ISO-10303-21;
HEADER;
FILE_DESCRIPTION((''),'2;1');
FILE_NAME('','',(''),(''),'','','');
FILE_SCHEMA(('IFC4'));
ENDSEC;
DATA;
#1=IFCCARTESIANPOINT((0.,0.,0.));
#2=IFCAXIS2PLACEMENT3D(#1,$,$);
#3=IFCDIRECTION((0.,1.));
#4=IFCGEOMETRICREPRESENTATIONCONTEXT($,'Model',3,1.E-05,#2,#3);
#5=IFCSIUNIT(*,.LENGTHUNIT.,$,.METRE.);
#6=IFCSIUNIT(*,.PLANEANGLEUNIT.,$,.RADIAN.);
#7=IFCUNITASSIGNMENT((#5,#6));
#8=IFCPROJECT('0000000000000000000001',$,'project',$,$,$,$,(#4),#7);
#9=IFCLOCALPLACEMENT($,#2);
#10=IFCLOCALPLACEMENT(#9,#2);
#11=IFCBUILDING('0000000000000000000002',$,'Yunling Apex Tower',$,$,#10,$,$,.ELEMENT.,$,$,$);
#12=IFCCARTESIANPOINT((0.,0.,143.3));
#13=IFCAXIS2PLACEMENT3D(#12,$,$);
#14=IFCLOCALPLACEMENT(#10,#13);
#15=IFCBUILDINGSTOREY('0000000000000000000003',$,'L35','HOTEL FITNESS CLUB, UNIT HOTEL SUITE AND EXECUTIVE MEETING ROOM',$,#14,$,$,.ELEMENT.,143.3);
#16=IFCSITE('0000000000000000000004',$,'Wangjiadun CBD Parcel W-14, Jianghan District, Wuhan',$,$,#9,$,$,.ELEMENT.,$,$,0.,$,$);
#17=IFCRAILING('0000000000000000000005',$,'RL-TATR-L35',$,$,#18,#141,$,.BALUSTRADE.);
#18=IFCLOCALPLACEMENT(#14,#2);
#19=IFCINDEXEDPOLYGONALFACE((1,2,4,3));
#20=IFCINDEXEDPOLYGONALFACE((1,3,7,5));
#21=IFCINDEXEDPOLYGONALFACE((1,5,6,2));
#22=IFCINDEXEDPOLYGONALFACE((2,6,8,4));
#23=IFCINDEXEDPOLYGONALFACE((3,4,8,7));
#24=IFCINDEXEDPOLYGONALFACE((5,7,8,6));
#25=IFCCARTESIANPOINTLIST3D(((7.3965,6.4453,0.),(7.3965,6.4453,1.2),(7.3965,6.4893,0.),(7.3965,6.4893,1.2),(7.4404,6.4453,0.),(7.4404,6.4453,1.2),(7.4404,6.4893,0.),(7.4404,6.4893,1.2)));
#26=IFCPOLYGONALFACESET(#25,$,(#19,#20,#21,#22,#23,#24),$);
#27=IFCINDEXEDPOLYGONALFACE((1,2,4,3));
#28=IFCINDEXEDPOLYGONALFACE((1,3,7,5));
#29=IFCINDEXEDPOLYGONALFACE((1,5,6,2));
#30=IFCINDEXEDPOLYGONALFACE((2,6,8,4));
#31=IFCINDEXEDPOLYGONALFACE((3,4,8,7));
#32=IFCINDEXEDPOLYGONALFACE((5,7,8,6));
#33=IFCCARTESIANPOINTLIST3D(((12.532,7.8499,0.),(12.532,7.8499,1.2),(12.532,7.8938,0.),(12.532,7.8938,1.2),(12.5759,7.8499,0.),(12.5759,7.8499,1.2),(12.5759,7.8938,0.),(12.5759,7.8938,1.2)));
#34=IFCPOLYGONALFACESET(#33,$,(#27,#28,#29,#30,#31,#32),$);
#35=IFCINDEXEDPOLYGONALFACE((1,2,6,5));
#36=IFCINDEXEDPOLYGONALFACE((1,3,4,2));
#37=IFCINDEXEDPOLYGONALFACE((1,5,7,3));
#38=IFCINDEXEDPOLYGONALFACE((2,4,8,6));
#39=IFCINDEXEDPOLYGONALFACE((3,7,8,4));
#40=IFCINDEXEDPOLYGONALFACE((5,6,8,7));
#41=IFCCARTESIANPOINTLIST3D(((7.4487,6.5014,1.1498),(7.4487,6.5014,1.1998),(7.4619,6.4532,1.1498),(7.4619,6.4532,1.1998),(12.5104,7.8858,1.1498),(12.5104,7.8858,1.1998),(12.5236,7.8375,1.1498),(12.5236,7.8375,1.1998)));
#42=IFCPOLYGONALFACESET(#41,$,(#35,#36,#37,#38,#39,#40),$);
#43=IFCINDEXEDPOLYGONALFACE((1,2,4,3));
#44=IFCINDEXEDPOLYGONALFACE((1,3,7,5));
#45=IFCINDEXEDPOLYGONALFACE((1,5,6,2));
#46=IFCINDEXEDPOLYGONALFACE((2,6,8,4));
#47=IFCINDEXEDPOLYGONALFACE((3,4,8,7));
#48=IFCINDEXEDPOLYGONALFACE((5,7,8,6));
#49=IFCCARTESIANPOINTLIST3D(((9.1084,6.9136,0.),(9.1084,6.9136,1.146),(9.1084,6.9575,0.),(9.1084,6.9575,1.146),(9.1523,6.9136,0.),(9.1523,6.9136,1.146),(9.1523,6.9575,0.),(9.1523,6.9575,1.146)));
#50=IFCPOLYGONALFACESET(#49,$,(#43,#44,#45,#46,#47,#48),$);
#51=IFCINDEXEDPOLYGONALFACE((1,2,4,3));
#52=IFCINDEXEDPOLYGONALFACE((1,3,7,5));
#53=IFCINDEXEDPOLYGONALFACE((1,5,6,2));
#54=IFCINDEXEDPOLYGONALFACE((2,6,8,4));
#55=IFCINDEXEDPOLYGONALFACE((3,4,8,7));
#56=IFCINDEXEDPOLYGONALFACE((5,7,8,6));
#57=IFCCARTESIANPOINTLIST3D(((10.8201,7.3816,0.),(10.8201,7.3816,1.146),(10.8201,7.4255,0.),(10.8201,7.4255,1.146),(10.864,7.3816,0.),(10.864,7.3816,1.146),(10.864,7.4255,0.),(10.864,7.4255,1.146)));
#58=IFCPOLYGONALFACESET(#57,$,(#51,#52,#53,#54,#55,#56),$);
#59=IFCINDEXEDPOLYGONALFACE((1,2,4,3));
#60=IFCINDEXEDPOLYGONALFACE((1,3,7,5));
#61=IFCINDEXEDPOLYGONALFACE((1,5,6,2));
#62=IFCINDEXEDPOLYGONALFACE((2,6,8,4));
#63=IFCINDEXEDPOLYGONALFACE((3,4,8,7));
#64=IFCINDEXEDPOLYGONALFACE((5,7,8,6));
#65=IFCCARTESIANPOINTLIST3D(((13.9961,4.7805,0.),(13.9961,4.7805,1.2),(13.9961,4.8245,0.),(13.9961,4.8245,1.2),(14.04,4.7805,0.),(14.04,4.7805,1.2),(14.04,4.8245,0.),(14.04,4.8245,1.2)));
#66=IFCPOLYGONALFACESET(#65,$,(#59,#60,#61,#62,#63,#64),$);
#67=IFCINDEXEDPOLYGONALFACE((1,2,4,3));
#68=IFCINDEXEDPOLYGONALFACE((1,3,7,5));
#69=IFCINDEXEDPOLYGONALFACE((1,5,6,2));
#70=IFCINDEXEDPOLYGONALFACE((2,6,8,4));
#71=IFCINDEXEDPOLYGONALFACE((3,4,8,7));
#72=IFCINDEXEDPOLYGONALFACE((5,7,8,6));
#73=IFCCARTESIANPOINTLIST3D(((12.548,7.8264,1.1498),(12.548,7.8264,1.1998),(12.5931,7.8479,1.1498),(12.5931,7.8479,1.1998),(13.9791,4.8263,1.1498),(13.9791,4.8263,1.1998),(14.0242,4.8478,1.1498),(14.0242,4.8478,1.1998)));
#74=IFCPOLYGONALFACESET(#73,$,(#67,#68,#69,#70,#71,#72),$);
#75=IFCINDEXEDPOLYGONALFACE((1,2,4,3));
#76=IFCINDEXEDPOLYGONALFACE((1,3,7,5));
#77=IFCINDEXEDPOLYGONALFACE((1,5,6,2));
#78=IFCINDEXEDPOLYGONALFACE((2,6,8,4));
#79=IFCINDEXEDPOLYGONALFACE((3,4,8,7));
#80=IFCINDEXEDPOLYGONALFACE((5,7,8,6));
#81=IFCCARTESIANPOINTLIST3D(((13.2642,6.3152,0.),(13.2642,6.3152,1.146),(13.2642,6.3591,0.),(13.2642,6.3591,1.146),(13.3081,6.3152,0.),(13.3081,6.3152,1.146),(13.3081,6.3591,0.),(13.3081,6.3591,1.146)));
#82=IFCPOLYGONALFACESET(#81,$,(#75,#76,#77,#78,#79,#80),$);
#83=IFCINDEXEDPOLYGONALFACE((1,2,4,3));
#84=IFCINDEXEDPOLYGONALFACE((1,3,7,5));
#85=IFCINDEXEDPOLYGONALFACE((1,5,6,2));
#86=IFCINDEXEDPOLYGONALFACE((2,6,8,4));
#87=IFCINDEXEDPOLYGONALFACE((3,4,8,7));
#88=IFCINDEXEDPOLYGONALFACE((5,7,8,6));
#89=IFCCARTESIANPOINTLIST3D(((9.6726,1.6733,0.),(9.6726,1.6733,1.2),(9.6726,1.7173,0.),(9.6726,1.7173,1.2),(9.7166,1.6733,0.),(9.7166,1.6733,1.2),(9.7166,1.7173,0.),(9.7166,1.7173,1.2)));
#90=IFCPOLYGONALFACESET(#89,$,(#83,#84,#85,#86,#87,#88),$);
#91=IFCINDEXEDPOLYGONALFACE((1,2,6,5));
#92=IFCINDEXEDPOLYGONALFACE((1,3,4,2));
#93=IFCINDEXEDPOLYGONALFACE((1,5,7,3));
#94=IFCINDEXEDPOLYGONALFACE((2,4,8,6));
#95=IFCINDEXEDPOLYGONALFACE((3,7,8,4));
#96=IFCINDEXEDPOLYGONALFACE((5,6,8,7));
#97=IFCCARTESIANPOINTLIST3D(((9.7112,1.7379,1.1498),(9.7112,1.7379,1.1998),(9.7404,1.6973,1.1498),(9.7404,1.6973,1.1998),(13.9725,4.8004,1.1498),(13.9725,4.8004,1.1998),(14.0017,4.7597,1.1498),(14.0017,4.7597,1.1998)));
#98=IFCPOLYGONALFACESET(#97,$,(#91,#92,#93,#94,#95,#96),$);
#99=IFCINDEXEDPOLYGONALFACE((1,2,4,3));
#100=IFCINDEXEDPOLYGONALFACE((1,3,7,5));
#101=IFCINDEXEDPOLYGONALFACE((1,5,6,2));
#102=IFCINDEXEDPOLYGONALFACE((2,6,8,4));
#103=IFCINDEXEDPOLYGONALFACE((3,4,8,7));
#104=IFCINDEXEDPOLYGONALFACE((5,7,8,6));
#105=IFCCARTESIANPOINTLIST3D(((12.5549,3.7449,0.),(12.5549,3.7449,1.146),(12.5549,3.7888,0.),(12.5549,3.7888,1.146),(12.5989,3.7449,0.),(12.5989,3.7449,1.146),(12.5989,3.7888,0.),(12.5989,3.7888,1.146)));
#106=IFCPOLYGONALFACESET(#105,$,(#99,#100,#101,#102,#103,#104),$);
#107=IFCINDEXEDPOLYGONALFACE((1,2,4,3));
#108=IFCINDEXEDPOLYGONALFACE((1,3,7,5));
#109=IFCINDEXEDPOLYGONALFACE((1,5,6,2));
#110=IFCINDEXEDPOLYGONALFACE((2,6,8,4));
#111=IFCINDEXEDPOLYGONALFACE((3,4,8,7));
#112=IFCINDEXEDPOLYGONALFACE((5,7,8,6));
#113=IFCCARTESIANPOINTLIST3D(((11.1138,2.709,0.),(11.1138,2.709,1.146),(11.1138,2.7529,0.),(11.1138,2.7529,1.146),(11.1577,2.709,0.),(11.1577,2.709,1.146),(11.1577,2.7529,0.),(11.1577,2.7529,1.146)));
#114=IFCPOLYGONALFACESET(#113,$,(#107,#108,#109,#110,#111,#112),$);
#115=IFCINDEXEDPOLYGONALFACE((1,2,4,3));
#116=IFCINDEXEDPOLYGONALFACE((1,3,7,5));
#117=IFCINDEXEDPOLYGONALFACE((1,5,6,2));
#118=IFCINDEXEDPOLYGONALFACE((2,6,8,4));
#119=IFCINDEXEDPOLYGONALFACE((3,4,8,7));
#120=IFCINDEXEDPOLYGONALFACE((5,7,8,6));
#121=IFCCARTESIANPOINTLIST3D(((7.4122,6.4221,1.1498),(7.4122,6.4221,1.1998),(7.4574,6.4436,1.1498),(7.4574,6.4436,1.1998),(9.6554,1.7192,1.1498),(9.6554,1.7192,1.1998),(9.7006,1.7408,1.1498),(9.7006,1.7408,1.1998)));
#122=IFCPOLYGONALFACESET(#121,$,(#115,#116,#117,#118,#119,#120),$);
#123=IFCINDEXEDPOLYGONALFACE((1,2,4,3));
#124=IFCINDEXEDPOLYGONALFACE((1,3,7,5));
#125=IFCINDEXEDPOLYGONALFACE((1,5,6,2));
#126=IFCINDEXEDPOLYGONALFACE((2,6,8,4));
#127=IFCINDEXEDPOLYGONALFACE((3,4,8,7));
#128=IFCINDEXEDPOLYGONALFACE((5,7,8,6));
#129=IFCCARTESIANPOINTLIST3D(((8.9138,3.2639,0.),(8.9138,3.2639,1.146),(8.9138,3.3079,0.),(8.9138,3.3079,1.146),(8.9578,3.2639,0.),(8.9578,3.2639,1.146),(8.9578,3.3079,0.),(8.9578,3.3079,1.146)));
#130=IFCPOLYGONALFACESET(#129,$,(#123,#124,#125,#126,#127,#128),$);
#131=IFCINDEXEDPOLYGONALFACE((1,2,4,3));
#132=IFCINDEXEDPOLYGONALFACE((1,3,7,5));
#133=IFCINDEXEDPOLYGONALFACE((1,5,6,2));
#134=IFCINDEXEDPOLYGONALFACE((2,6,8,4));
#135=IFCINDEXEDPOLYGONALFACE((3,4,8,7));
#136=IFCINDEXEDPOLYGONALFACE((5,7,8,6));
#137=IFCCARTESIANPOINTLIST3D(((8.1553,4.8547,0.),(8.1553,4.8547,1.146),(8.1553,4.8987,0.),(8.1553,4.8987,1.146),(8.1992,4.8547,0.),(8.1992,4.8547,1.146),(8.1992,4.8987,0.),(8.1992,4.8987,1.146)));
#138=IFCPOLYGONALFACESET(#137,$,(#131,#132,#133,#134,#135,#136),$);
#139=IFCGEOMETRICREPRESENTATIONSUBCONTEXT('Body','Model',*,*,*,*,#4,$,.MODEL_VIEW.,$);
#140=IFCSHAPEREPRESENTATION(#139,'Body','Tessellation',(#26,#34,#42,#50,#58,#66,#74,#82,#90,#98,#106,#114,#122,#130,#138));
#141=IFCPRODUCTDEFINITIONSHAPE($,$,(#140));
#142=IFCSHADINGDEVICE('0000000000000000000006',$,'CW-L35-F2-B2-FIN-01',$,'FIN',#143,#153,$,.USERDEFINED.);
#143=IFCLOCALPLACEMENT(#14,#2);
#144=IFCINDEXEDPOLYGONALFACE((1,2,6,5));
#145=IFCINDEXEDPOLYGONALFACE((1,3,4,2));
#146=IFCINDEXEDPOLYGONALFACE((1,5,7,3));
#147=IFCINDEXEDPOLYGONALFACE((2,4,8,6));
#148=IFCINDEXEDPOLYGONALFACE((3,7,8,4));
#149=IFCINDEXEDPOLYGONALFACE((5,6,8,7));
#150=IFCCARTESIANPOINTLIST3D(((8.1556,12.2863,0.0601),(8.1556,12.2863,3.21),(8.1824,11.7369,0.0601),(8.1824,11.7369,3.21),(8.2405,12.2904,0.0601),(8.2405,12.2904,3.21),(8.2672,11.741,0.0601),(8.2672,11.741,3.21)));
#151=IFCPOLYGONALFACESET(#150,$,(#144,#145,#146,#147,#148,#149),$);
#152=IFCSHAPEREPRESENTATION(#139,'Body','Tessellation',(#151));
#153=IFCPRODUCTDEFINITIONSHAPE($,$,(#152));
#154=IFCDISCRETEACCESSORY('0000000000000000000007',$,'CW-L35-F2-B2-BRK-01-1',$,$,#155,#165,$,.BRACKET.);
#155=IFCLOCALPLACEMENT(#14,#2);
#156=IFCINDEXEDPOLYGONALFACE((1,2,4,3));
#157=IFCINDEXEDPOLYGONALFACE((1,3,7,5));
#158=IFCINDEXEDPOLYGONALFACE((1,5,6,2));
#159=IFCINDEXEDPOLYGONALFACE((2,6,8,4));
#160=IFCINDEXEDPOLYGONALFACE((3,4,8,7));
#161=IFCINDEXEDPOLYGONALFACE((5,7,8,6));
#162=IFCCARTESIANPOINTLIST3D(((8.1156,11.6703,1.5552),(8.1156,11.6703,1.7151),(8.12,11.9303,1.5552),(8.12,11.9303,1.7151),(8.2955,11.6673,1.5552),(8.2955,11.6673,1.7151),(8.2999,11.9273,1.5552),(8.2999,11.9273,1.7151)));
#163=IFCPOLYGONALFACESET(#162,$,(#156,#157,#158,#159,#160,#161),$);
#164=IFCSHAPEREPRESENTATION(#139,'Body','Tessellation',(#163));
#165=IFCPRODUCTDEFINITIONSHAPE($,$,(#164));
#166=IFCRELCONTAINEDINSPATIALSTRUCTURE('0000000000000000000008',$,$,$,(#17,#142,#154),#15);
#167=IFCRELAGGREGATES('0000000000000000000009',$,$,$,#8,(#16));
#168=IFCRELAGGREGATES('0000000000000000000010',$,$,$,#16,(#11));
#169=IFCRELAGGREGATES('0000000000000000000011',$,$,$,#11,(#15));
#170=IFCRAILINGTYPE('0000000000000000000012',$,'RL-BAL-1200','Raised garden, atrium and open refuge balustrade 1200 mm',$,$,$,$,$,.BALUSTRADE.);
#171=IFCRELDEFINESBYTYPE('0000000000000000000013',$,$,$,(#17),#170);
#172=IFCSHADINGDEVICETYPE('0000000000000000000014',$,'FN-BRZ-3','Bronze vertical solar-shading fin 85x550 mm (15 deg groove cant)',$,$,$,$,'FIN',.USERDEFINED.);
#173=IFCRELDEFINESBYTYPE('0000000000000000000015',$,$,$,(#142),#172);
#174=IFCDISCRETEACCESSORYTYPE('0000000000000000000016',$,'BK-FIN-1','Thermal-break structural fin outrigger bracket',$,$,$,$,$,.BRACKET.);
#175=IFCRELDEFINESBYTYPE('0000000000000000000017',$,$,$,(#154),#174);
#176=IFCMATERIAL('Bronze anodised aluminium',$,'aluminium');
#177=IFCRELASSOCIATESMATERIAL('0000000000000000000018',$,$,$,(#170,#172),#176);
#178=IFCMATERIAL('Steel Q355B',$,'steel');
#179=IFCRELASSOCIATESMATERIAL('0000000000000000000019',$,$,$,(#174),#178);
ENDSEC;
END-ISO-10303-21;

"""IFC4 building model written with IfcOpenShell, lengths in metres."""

from ifc_helpers import new_model, si_unit, direction, frame, origin, origin_2d, place, context, subcontext, project, spatial, rectangle, extrude, source, transform, mapped, material, material_profile, profile_set, type_object, element, save


model = new_model("IFC4")

# Units and contexts
model_context = context("Model", 3, precision=1e-05, world=origin(), true_north=direction((0.0, 1.0)))
body_context = subcontext(model_context, "Body", "Model", "MODEL_VIEW")
ifc_project = project(units=[si_unit("LENGTHUNIT", "METRE"), si_unit("PLANEANGLEUNIT", "RADIAN")], contexts=[model_context])

# Site, building, storey
site_placement = place(None, origin())
site = spatial("IfcSite", under=ifc_project, at=site_placement, Name="Wangjiadun CBD Parcel W-14, Jianghan District, Wuhan", CompositionType="ELEMENT", RefElevation=0.0)
building_placement = place(site_placement, origin())
building = spatial("IfcBuilding", under=site, at=building_placement, Name="Yunling Apex Tower", CompositionType="ELEMENT")
storey_placement = place(building_placement, frame((0.0, 0.0, 143.3)))
storey = spatial("IfcBuildingStorey", under=building, at=storey_placement, Name="L35", Description="HOTEL FITNESS CLUB, UNIT HOTEL SUITE AND EXECUTIVE MEETING ROOM", CompositionType="ELEMENT", Elevation=143.3)

# Shared definitions
ifc_material_1 = material(Name="Steel Q355B", Category="steel")

# Shared definitions
ifc_material_2 = material(Name="Bronze anodised aluminium", Category="aluminium")

# Railing
railing_type = type_object("IfcRailingType", Name="RL-BAL-1200", Description="Raised garden, atrium and open refuge balustrade 1200 mm", PredefinedType="BALUSTRADE", material=ifc_material_2)
railing_1_placement = place(storey_placement, frame((7.4185, 6.4673, 0.0)))
element("IfcRailing", 1, at=railing_1_placement, inside=storey, type_object=railing_type, Name="RL-TATR-L35", PredefinedType="BALUSTRADE", context=body_context, shape_type="SweptSolid", body=[
    extrude(rectangle(XDim=0.0439, YDim=0.0439, at=origin_2d()), origin(), (0.0, 0.0, 1.0), 1.2),
    extrude(rectangle(XDim=0.0439, YDim=0.0439, at=origin_2d()), frame((5.1355, 1.4045, 0.0)), (0.0, 0.0, 1.0), 1.2),
    extrude(rectangle(XDim=0.05, YDim=0.05, at=origin_2d()), frame((0.0369, 0.01, 1.1748), z_axis=(0.964575, 0.263808, 0.0), x_axis=(-0.263808, 0.964575, 0.0)), (0.0, 0.0, 1.0), 5.2476),
    extrude(rectangle(XDim=0.0439, YDim=0.0439, at=origin_2d()), frame((1.7119, 0.4683, 0.0)), (0.0, 0.0, 1.0), 1.146),
    extrude(rectangle(XDim=0.0439, YDim=0.0439, at=origin_2d()), frame((3.4236, 0.9363, 0.0)), (0.0, 0.0, 1.0), 1.146),
    extrude(rectangle(XDim=0.0439, YDim=0.0439, at=origin_2d()), frame((6.5996, -1.6648, 0.0)), (0.0, 0.0, 1.0), 1.2),
    extrude(rectangle(XDim=0.05, YDim=0.05, at=origin_2d()), frame((5.1521, 1.3699, 1.1748), z_axis=(0.430538, -0.902572, 0.0), x_axis=(0.902572, 0.430538, 0.0)), (0.0, 0.0, 1.0), 3.324),
    extrude(rectangle(XDim=0.0439, YDim=0.0439, at=origin_2d()), frame((5.8677, -0.1301, 0.0)), (0.0, 0.0, 1.0), 1.146),
    extrude(rectangle(XDim=0.0439, YDim=0.0439, at=origin_2d()), frame((2.2761, -4.772, 0.0)), (0.0, 0.0, 1.0), 1.2),
    extrude(rectangle(XDim=0.05, YDim=0.05, at=origin_2d()), frame((6.5686, -1.6873, 1.1748), z_axis=(-0.812045, -0.583595, 0.0), x_axis=(0.583595, -0.812045, 0.0)), (0.0, 0.0, 1.0), 5.2476),
    extrude(rectangle(XDim=0.0439, YDim=0.0439, at=origin_2d()), frame((5.1584, -2.7004, 0.0)), (0.0, 0.0, 1.0), 1.146),
    extrude(rectangle(XDim=0.0439, YDim=0.0439, at=origin_2d()), frame((3.7173, -3.7363, 0.0)), (0.0, 0.0, 1.0), 1.146),
    extrude(rectangle(XDim=0.05, YDim=0.05, at=origin_2d()), frame((2.2595, -4.7373, 1.1748), z_axis=(-0.430512, 0.902585, 0.0), x_axis=(-0.902585, -0.430512, 0.0)), (0.0, 0.0, 1.0), 5.2104),
    extrude(rectangle(XDim=0.0439, YDim=0.0439, at=origin_2d()), frame((1.5173, -3.1814, 0.0)), (0.0, 0.0, 1.0), 1.146),
    extrude(rectangle(XDim=0.0439, YDim=0.0439, at=origin_2d()), frame((0.7588, -1.5906, 0.0)), (0.0, 0.0, 1.0), 1.146),
])

# Shading device
ifc_material_profile_1 = material_profile(ifc_material_2, rectangle(XDim=0.085, YDim=0.55, at=origin_2d()))
ifc_profile_set_1 = profile_set([ifc_material_profile_1], Name="Bronze anodised aluminium")
shading_device_type = type_object("IfcShadingDeviceType", Name="FN-BRZ-3", Description="Bronze vertical solar-shading fin 85x550 mm (15 deg groove cant)", ElementType="FIN", PredefinedType="USERDEFINED", material=ifc_profile_set_1)
shared_shape_1 = source(origin(), body_context, "Body", "SweptSolid", [
    extrude(rectangle(XDim=0.085, YDim=0.55, at=origin_2d()), origin(), (0.0, 0.0, 1.0), 3.1499),
])
shading_device_placement = place(storey_placement, frame((8.2114, 12.0137, 0.0601), z_axis=(0.0, 0.0, 1.0), x_axis=(-0.998815, -0.048675, 0.0)))
element("IfcShadingDevice", 2, at=shading_device_placement, inside=storey, type_object=shading_device_type, Name="CW-L35-F2-B2-FIN-01", ObjectType="FIN", PredefinedType="USERDEFINED", context=body_context, shape_type="MappedRepresentation", body=[
    mapped(shared_shape_1, transform((0.0, 0.0, 0.0), scale=1.0)),
])

# Discrete accessory
discrete_accessory_type = type_object("IfcDiscreteAccessoryType", Name="BK-FIN-1", Description="Thermal-break structural fin outrigger bracket", PredefinedType="BRACKET", material=ifc_material_1)
shared_shape_2 = source(origin(), body_context, "Body", "SweptSolid", [
    extrude(rectangle(XDim=0.1799, YDim=0.26, at=origin_2d()), origin(), (0.0, 0.0, 1.0), 0.1599),
])
discrete_accessory_placement = place(storey_placement, frame((8.2078, 11.7988, 1.5552), z_axis=(0.0, 0.0, 1.0), x_axis=(-0.99986, 0.016754, 0.0)))
element("IfcDiscreteAccessory", 3, at=discrete_accessory_placement, inside=storey, type_object=discrete_accessory_type, Name="CW-L35-F2-B2-BRK-01-1", PredefinedType="BRACKET", context=body_context, shape_type="MappedRepresentation", body=[
    mapped(shared_shape_2, transform((0.0, 0.0, 0.0), scale=1.0)),
])

save(model, "model.ifc")
